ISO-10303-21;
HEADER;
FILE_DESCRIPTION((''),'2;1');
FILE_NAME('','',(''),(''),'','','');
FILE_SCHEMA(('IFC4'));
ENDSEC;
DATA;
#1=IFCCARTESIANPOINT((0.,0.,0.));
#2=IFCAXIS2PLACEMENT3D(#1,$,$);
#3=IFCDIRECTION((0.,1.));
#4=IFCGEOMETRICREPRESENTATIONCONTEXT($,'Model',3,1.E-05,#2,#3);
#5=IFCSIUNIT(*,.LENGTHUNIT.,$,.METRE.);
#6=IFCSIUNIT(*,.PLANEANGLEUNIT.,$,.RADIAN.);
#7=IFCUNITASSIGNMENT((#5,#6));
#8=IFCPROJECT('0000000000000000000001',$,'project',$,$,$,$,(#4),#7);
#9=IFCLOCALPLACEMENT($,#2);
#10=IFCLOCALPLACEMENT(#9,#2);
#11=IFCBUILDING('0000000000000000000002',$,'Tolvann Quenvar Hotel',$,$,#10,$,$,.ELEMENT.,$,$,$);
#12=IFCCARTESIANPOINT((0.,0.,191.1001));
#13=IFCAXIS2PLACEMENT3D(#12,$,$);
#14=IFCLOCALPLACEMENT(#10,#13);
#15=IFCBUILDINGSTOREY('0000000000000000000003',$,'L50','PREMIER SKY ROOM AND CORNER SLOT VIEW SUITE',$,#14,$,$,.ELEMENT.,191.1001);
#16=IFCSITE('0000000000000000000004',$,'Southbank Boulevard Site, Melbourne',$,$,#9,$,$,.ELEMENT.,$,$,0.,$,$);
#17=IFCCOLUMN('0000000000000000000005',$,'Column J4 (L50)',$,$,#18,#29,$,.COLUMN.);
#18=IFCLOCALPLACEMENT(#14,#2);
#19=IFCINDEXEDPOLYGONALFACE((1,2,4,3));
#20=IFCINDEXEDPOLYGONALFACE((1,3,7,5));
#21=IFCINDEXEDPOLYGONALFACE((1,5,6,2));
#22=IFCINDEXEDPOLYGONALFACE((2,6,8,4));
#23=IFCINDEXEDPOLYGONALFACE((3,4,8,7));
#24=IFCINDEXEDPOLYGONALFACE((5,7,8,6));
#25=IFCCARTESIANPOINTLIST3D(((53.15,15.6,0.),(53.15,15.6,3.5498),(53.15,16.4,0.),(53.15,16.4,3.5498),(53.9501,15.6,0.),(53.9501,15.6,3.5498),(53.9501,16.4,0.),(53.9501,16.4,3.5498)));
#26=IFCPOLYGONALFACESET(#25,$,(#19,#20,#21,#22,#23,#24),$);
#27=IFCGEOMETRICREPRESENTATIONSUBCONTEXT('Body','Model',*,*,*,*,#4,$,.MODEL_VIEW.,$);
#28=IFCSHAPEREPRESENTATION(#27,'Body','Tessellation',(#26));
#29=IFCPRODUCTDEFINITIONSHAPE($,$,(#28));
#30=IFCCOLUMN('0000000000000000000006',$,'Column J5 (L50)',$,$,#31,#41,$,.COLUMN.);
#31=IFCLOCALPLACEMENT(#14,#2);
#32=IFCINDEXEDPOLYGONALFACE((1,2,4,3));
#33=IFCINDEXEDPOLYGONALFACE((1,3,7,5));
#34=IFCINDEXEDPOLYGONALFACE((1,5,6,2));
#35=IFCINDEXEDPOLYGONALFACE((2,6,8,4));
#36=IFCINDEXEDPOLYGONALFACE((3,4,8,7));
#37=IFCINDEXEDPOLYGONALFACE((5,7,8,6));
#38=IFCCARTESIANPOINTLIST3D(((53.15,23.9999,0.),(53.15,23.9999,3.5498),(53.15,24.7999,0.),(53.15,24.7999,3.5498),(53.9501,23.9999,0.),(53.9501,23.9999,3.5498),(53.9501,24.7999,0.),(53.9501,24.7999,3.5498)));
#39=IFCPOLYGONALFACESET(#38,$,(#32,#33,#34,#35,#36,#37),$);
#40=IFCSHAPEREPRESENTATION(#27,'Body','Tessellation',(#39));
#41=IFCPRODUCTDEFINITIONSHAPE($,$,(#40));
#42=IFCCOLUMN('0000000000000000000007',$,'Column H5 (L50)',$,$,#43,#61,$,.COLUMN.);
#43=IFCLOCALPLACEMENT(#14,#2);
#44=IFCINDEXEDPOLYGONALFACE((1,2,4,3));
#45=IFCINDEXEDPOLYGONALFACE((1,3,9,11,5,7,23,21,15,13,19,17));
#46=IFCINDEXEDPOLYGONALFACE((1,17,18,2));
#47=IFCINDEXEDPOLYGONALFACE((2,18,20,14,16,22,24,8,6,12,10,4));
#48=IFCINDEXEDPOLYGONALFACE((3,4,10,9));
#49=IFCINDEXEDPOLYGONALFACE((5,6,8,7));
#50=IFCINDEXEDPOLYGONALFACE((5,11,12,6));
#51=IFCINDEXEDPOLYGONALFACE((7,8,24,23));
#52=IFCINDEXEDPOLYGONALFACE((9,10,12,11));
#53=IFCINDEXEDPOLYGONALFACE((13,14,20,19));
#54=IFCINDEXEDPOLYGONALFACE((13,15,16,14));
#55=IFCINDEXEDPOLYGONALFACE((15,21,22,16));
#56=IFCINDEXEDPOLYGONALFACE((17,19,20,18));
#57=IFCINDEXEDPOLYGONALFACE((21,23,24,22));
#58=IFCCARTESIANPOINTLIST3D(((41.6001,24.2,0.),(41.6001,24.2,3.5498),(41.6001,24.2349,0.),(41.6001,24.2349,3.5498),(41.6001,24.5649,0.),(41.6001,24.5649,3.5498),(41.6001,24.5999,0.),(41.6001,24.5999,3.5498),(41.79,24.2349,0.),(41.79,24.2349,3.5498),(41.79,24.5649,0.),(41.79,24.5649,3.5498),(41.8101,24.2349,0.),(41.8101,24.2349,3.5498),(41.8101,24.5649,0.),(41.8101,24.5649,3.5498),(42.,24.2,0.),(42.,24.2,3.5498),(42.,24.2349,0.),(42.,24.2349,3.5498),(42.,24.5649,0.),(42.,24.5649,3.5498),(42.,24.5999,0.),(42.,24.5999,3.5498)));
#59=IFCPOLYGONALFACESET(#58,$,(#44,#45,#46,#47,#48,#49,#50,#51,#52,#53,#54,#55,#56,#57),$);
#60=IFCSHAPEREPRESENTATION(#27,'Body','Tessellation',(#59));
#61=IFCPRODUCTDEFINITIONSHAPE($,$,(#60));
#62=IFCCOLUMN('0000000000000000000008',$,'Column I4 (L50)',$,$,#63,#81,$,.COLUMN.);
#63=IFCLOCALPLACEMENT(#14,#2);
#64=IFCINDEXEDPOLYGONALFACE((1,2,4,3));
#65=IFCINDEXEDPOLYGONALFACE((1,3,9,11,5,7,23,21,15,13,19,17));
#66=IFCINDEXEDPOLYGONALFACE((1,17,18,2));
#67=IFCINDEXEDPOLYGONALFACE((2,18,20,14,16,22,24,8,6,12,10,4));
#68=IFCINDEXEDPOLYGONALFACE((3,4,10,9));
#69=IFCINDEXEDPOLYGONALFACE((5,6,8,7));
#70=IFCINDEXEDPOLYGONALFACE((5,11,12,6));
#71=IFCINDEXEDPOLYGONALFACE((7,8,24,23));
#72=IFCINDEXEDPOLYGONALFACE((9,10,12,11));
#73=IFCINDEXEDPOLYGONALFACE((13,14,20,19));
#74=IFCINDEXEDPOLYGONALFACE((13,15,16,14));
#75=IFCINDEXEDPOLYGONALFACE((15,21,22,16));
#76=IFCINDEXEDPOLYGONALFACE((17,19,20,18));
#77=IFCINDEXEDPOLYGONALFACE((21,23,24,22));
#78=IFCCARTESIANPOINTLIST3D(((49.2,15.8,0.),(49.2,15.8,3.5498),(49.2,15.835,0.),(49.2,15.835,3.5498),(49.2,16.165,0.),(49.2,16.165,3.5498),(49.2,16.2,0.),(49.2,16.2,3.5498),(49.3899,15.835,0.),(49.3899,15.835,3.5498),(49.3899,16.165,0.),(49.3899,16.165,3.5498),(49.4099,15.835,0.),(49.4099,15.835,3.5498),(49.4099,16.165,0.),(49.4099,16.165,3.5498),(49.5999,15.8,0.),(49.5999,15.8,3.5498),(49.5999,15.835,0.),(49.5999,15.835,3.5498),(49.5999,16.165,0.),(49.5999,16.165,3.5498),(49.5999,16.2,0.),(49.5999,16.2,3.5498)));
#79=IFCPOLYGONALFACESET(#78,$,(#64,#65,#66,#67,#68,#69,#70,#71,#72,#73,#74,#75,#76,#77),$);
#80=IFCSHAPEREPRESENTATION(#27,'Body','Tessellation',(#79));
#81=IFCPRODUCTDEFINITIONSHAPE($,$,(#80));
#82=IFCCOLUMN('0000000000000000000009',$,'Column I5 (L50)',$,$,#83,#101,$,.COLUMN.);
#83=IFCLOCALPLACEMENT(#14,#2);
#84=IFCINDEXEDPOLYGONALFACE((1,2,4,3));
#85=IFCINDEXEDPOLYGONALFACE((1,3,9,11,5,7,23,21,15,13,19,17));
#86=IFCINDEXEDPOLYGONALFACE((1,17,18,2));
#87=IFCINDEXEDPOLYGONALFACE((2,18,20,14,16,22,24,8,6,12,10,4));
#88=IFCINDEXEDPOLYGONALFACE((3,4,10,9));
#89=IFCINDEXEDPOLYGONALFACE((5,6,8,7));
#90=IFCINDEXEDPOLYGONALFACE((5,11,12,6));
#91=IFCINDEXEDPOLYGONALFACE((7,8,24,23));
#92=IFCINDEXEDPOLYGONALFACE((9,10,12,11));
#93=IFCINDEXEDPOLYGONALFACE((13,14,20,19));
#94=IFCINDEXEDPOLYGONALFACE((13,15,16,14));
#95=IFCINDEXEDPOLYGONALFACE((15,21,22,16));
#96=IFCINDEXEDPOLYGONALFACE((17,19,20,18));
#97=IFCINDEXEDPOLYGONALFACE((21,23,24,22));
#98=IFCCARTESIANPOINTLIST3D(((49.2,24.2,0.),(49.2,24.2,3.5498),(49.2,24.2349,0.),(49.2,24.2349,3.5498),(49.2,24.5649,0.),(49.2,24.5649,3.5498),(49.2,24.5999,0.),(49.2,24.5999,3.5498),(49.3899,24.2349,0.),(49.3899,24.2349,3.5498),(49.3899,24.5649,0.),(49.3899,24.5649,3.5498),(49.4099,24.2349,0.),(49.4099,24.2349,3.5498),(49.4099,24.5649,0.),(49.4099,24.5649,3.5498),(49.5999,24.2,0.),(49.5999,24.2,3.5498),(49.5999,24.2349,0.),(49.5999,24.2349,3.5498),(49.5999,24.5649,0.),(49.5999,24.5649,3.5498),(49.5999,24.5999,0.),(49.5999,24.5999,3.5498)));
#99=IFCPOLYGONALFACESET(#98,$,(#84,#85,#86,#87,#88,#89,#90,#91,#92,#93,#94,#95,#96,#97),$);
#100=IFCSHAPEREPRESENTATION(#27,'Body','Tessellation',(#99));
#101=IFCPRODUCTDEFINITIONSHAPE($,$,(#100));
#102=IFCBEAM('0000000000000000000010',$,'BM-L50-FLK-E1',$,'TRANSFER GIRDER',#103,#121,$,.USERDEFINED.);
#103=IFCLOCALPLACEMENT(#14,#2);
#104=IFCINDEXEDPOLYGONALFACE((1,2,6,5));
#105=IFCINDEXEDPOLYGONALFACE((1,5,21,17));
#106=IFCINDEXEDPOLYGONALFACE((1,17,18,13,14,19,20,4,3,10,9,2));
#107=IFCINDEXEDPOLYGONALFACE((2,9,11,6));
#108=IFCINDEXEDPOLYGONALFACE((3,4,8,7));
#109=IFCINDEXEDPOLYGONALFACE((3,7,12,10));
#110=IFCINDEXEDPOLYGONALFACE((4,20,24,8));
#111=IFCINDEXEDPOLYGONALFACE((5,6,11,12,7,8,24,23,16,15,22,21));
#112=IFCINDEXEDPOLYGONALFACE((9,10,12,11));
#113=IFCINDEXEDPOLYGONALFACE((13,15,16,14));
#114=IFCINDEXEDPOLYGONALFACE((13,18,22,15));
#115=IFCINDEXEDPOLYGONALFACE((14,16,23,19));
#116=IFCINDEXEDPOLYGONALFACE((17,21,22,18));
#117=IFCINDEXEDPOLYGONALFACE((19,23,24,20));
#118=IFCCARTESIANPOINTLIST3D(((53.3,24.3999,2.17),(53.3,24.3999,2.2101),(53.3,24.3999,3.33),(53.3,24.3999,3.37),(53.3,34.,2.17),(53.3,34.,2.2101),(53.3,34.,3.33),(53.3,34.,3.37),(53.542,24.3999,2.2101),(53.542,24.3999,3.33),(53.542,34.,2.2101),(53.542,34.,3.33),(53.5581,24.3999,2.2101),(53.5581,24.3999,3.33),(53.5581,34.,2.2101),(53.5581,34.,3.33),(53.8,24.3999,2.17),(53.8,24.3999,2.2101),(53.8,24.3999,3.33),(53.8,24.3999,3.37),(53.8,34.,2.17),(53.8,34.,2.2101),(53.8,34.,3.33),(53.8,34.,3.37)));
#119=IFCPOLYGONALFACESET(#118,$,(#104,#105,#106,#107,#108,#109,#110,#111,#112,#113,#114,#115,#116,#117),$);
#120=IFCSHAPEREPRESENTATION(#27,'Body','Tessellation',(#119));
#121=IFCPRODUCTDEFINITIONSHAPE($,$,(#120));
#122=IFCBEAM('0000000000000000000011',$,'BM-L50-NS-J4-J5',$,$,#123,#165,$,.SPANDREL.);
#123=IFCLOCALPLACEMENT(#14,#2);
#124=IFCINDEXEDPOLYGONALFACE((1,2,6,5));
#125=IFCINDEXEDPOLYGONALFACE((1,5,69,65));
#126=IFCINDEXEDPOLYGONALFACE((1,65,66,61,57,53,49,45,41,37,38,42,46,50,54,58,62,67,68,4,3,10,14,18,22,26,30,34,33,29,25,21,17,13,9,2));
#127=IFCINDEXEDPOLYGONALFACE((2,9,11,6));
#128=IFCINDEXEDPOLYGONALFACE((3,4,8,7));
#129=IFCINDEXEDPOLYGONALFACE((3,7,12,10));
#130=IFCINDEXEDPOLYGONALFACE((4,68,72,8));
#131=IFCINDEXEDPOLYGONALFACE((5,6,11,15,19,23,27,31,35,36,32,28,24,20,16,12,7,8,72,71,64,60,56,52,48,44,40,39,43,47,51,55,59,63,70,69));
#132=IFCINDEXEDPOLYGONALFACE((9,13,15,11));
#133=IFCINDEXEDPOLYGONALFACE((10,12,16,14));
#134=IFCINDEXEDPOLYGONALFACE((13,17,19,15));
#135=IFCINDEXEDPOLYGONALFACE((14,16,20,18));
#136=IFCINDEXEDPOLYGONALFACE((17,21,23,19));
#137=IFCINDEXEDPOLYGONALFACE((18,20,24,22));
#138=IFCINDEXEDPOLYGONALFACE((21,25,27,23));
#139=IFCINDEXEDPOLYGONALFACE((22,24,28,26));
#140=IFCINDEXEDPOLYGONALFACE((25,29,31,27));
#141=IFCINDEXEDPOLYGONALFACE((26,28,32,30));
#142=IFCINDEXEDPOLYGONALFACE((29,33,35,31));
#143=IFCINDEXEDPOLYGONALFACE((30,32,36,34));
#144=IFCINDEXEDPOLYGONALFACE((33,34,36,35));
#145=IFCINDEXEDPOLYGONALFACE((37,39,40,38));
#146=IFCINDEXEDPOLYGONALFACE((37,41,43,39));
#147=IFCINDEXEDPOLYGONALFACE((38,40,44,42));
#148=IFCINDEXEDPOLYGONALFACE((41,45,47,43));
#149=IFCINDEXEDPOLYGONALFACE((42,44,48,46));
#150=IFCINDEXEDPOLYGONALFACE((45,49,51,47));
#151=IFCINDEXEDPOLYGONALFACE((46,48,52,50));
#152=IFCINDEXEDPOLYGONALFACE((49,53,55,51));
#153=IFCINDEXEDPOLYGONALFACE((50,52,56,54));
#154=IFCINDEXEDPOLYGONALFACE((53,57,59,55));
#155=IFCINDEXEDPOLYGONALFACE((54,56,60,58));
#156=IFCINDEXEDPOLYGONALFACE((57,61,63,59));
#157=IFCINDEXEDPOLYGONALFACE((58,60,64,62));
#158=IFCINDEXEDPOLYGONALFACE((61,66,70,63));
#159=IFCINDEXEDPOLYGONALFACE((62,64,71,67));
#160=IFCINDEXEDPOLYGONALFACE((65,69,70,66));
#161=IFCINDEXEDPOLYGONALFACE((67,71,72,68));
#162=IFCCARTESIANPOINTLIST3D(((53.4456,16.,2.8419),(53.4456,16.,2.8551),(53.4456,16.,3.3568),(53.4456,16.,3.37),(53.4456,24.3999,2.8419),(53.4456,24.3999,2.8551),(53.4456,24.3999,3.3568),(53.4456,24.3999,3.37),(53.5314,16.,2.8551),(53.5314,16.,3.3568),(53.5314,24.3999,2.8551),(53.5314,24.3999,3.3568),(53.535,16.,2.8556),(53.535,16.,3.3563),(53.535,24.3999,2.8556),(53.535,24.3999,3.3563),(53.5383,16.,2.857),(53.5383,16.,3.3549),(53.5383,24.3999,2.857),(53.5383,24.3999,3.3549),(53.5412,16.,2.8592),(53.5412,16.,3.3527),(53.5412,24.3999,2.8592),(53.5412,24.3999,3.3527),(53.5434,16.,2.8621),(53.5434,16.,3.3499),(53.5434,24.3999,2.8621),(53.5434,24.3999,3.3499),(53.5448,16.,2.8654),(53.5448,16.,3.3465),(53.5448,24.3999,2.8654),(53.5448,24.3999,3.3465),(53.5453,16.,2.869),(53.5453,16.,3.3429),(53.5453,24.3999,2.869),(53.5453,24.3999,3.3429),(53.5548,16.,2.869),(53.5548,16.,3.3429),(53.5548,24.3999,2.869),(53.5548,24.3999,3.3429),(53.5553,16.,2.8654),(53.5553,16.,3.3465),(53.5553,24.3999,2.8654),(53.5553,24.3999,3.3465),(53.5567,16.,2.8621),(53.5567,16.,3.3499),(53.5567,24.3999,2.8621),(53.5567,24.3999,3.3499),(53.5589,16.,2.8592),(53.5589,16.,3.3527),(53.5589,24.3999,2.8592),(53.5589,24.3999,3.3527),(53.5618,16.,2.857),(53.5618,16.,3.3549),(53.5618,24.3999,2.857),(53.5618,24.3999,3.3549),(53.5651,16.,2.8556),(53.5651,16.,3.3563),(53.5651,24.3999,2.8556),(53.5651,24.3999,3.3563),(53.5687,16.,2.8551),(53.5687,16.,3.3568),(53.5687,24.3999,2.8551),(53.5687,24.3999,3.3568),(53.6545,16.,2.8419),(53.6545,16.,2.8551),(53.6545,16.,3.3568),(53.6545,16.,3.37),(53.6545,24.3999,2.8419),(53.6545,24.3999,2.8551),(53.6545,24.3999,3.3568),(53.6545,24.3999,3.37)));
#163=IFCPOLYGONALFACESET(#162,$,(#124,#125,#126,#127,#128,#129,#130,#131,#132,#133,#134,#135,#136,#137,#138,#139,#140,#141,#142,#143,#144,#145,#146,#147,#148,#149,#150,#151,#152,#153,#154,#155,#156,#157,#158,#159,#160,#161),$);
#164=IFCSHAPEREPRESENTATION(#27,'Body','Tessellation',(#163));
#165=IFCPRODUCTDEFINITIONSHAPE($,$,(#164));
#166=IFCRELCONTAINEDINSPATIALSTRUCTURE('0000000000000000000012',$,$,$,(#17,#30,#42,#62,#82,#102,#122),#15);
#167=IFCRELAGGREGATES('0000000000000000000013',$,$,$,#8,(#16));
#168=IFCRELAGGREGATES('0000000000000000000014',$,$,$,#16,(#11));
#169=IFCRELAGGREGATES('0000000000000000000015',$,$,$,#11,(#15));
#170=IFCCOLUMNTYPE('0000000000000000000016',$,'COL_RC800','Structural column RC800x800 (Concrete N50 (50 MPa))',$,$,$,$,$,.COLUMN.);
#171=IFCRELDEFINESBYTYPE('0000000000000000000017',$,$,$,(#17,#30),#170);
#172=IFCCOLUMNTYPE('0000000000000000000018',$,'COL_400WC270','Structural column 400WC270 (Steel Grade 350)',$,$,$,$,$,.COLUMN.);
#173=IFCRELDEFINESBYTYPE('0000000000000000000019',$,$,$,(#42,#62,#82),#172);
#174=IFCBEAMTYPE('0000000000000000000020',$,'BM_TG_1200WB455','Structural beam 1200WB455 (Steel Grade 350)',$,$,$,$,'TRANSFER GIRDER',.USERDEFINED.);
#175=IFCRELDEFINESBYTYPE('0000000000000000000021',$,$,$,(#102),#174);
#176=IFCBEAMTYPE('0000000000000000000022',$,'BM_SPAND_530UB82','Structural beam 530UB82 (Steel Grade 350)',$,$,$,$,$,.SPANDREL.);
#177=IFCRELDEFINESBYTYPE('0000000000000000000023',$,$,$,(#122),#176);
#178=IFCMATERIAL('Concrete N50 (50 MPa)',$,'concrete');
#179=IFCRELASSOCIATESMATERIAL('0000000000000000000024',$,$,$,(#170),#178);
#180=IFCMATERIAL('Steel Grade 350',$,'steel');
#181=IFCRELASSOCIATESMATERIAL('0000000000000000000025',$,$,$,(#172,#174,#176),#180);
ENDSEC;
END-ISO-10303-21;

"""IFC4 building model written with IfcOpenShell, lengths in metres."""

from ifc_helpers import new_model, si_unit, direction, frame, origin, origin_2d, place, context, subcontext, project, spatial, rectangle, i_section, extrude, source, transform, mapped, material, material_profile, profile_set, type_object, type_shapes, element, save


model = new_model("IFC4")

# Units and contexts
model_context = context("Model", 3, precision=1e-05, world=origin(), true_north=direction((0.0, 1.0)))
body_context = subcontext(model_context, "Body", "Model", "MODEL_VIEW")
ifc_project = project(units=[si_unit("LENGTHUNIT", "METRE"), si_unit("PLANEANGLEUNIT", "RADIAN")], contexts=[model_context])

# Site, building, storey
site_placement = place(None, origin())
site = spatial("IfcSite", under=ifc_project, at=site_placement, Name="Southbank Boulevard Site, Melbourne", CompositionType="ELEMENT", RefElevation=0.0)
building_placement = place(site_placement, origin())
building = spatial("IfcBuilding", under=site, at=building_placement, Name="Tolvann Quenvar Hotel", CompositionType="ELEMENT")
storey_placement = place(building_placement, frame((0.0, 0.0, 191.1001)))
storey = spatial("IfcBuildingStorey", under=building, at=storey_placement, Name="L50", Description="PREMIER SKY ROOM AND CORNER SLOT VIEW SUITE", CompositionType="ELEMENT", Elevation=191.1001)

# Columns
ifc_material_1 = material(Name="Concrete N50 (50 MPa)", Category="concrete")
ifc_material_profile_1 = material_profile(ifc_material_1, rectangle(XDim=0.8, YDim=0.8, at=origin_2d()), Name="RC800x800")
ifc_profile_set_1 = profile_set([ifc_material_profile_1], Name="Concrete N50 (50 MPa)")
column_type_1 = type_object("IfcColumnType", Name="COL_RC800", Description="Structural column RC800x800 (Concrete N50 (50 MPa))", PredefinedType="COLUMN", material=ifc_profile_set_1)
shared_shape_1 = source(origin(), body_context, "Body", "SweptSolid", [
    extrude(rectangle(XDim=0.8, YDim=0.8, at=origin_2d()), origin(), (0.0, 0.0, 1.0), 3.5498),
])
type_shapes(column_type_1, [shared_shape_1])
for number, where, z_axis, x_axis, name in (
    (1, (53.55, 16.0, 0.0), (0.0, 0.0, 1.0), (1.0, 0.0, 0.0), "Column J4 (L50)"),
    (2, (53.55, 24.3999, 0.0), (0.0, 0.0, 1.0), (1.0, 0.0, 0.0), "Column J5 (L50)"),
):
    element("IfcColumn", number, at=place(storey_placement, frame(where, z_axis=z_axis, x_axis=x_axis)), inside=storey, type_object=column_type_1, Name=name, PredefinedType="COLUMN", context=body_context, shape_type="MappedRepresentation", body=[
        mapped(shared_shape_1, transform((0.0, 0.0, 0.0), x_axis=(1.0, 0.0, 0.0), y_axis=(0.0, 1.0, 0.0), z_axis=(0.0, 0.0, 1.0), scale=1.0)),
    ])
ifc_material_2 = material(Name="Steel Grade 350", Category="steel")
ifc_material_profile_2 = material_profile(ifc_material_2, i_section(OverallWidth=0.3999, OverallDepth=0.3999, WebThickness=0.02, FlangeThickness=0.0349, at=origin_2d()), Name="400WC270")
ifc_profile_set_2 = profile_set([ifc_material_profile_2], Name="Steel Grade 350")
column_type_2 = type_object("IfcColumnType", Name="COL_400WC270", Description="Structural column 400WC270 (Steel Grade 350)", PredefinedType="COLUMN", material=ifc_profile_set_2)
shared_shape_2 = source(origin(), body_context, "Body", "SweptSolid", [
    extrude(i_section(OverallWidth=0.3999, OverallDepth=0.3999, WebThickness=0.02, FlangeThickness=0.0349, at=origin_2d()), origin(), (0.0, 0.0, 1.0), 3.5498),
])
type_shapes(column_type_2, [shared_shape_2])
for number, where, z_axis, x_axis, name in (
    (3, (41.8, 24.3999, 0.0), (0.0, 0.0, 1.0), (1.0, 0.0, 0.0), "Column H5 (L50)"),
    (4, (49.3999, 16.0, 0.0), (0.0, 0.0, 1.0), (1.0, 0.0, 0.0), "Column I4 (L50)"),
    (5, (49.3999, 24.3999, 0.0), (0.0, 0.0, 1.0), (1.0, 0.0, 0.0), "Column I5 (L50)"),
):
    element("IfcColumn", number, at=place(storey_placement, frame(where, z_axis=z_axis, x_axis=x_axis)), inside=storey, type_object=column_type_2, Name=name, PredefinedType="COLUMN", context=body_context, shape_type="MappedRepresentation", body=[
        mapped(shared_shape_2, transform((0.0, 0.0, 0.0), x_axis=(1.0, 0.0, 0.0), y_axis=(0.0, 1.0, 0.0), z_axis=(0.0, 0.0, 1.0), scale=1.0)),
    ])

# Beams
ifc_material_profile_3 = material_profile(ifc_material_2, i_section(OverallWidth=0.5, OverallDepth=1.2, WebThickness=0.0161, FlangeThickness=0.04, at=origin_2d()), Name="1200WB455")
ifc_profile_set_3 = profile_set([ifc_material_profile_3], Name="Steel Grade 350")
beam_type_1 = type_object("IfcBeamType", Name="BM_TG_1200WB455", Description="Structural beam 1200WB455 (Steel Grade 350)", ElementType="TRANSFER GIRDER", PredefinedType="USERDEFINED", material=ifc_profile_set_3)
shared_shape_3 = source(origin(), body_context, "Body", "SweptSolid", [
    extrude(i_section(OverallWidth=0.5, OverallDepth=1.2, WebThickness=0.0161, FlangeThickness=0.04, at=origin_2d()), origin(), (0.0, 0.0, 1.0), 9.6001),
])
beam_1_placement = place(storey_placement, frame((53.55, 24.3999, 2.77), z_axis=(0.0, 1.0, 0.0), x_axis=(-1.0, 0.0, 0.0)))
element("IfcBeam", 6, at=beam_1_placement, inside=storey, type_object=beam_type_1, Name="BM-L50-FLK-E1", ObjectType="TRANSFER GIRDER", PredefinedType="USERDEFINED", context=body_context, shape_type="MappedRepresentation", body=[
    mapped(shared_shape_3, transform((0.0, 0.0, 0.0), x_axis=(1.0, 0.0, 0.0), y_axis=(0.0, 1.0, 0.0), z_axis=(0.0, 0.0, 1.0), scale=1.0)),
])
ifc_material_profile_4 = material_profile(ifc_material_2, i_section(OverallWidth=0.209, OverallDepth=0.5281, WebThickness=0.0095, FlangeThickness=0.0132, FilletRadius=0.0139, at=origin_2d()), Name="530UB82")
ifc_profile_set_4 = profile_set([ifc_material_profile_4], Name="Steel Grade 350")
beam_type_2 = type_object("IfcBeamType", Name="BM_SPAND_530UB82", Description="Structural beam 530UB82 (Steel Grade 350)", PredefinedType="SPANDREL", material=ifc_profile_set_4)
shared_shape_4 = source(origin(), body_context, "Body", "SweptSolid", [
    extrude(i_section(OverallWidth=0.209, OverallDepth=0.5281, WebThickness=0.0095, FlangeThickness=0.0132, FilletRadius=0.0139, at=origin_2d()), origin(), (0.0, 0.0, 1.0), 8.3999),
])
type_shapes(beam_type_2, [shared_shape_4])
beam_2_placement = place(storey_placement, frame((53.55, 16.0, 3.106), z_axis=(0.0, 1.0, 0.0), x_axis=(-1.0, 0.0, 0.0)))
element("IfcBeam", 7, at=beam_2_placement, inside=storey, type_object=beam_type_2, Name="BM-L50-NS-J4-J5", PredefinedType="SPANDREL", context=body_context, shape_type="MappedRepresentation", body=[
    mapped(shared_shape_4, transform((0.0, 0.0, 0.0), x_axis=(1.0, 0.0, 0.0), y_axis=(0.0, 1.0, 0.0), z_axis=(0.0, 0.0, 1.0), scale=1.0)),
])

save(model, "model.ifc")
